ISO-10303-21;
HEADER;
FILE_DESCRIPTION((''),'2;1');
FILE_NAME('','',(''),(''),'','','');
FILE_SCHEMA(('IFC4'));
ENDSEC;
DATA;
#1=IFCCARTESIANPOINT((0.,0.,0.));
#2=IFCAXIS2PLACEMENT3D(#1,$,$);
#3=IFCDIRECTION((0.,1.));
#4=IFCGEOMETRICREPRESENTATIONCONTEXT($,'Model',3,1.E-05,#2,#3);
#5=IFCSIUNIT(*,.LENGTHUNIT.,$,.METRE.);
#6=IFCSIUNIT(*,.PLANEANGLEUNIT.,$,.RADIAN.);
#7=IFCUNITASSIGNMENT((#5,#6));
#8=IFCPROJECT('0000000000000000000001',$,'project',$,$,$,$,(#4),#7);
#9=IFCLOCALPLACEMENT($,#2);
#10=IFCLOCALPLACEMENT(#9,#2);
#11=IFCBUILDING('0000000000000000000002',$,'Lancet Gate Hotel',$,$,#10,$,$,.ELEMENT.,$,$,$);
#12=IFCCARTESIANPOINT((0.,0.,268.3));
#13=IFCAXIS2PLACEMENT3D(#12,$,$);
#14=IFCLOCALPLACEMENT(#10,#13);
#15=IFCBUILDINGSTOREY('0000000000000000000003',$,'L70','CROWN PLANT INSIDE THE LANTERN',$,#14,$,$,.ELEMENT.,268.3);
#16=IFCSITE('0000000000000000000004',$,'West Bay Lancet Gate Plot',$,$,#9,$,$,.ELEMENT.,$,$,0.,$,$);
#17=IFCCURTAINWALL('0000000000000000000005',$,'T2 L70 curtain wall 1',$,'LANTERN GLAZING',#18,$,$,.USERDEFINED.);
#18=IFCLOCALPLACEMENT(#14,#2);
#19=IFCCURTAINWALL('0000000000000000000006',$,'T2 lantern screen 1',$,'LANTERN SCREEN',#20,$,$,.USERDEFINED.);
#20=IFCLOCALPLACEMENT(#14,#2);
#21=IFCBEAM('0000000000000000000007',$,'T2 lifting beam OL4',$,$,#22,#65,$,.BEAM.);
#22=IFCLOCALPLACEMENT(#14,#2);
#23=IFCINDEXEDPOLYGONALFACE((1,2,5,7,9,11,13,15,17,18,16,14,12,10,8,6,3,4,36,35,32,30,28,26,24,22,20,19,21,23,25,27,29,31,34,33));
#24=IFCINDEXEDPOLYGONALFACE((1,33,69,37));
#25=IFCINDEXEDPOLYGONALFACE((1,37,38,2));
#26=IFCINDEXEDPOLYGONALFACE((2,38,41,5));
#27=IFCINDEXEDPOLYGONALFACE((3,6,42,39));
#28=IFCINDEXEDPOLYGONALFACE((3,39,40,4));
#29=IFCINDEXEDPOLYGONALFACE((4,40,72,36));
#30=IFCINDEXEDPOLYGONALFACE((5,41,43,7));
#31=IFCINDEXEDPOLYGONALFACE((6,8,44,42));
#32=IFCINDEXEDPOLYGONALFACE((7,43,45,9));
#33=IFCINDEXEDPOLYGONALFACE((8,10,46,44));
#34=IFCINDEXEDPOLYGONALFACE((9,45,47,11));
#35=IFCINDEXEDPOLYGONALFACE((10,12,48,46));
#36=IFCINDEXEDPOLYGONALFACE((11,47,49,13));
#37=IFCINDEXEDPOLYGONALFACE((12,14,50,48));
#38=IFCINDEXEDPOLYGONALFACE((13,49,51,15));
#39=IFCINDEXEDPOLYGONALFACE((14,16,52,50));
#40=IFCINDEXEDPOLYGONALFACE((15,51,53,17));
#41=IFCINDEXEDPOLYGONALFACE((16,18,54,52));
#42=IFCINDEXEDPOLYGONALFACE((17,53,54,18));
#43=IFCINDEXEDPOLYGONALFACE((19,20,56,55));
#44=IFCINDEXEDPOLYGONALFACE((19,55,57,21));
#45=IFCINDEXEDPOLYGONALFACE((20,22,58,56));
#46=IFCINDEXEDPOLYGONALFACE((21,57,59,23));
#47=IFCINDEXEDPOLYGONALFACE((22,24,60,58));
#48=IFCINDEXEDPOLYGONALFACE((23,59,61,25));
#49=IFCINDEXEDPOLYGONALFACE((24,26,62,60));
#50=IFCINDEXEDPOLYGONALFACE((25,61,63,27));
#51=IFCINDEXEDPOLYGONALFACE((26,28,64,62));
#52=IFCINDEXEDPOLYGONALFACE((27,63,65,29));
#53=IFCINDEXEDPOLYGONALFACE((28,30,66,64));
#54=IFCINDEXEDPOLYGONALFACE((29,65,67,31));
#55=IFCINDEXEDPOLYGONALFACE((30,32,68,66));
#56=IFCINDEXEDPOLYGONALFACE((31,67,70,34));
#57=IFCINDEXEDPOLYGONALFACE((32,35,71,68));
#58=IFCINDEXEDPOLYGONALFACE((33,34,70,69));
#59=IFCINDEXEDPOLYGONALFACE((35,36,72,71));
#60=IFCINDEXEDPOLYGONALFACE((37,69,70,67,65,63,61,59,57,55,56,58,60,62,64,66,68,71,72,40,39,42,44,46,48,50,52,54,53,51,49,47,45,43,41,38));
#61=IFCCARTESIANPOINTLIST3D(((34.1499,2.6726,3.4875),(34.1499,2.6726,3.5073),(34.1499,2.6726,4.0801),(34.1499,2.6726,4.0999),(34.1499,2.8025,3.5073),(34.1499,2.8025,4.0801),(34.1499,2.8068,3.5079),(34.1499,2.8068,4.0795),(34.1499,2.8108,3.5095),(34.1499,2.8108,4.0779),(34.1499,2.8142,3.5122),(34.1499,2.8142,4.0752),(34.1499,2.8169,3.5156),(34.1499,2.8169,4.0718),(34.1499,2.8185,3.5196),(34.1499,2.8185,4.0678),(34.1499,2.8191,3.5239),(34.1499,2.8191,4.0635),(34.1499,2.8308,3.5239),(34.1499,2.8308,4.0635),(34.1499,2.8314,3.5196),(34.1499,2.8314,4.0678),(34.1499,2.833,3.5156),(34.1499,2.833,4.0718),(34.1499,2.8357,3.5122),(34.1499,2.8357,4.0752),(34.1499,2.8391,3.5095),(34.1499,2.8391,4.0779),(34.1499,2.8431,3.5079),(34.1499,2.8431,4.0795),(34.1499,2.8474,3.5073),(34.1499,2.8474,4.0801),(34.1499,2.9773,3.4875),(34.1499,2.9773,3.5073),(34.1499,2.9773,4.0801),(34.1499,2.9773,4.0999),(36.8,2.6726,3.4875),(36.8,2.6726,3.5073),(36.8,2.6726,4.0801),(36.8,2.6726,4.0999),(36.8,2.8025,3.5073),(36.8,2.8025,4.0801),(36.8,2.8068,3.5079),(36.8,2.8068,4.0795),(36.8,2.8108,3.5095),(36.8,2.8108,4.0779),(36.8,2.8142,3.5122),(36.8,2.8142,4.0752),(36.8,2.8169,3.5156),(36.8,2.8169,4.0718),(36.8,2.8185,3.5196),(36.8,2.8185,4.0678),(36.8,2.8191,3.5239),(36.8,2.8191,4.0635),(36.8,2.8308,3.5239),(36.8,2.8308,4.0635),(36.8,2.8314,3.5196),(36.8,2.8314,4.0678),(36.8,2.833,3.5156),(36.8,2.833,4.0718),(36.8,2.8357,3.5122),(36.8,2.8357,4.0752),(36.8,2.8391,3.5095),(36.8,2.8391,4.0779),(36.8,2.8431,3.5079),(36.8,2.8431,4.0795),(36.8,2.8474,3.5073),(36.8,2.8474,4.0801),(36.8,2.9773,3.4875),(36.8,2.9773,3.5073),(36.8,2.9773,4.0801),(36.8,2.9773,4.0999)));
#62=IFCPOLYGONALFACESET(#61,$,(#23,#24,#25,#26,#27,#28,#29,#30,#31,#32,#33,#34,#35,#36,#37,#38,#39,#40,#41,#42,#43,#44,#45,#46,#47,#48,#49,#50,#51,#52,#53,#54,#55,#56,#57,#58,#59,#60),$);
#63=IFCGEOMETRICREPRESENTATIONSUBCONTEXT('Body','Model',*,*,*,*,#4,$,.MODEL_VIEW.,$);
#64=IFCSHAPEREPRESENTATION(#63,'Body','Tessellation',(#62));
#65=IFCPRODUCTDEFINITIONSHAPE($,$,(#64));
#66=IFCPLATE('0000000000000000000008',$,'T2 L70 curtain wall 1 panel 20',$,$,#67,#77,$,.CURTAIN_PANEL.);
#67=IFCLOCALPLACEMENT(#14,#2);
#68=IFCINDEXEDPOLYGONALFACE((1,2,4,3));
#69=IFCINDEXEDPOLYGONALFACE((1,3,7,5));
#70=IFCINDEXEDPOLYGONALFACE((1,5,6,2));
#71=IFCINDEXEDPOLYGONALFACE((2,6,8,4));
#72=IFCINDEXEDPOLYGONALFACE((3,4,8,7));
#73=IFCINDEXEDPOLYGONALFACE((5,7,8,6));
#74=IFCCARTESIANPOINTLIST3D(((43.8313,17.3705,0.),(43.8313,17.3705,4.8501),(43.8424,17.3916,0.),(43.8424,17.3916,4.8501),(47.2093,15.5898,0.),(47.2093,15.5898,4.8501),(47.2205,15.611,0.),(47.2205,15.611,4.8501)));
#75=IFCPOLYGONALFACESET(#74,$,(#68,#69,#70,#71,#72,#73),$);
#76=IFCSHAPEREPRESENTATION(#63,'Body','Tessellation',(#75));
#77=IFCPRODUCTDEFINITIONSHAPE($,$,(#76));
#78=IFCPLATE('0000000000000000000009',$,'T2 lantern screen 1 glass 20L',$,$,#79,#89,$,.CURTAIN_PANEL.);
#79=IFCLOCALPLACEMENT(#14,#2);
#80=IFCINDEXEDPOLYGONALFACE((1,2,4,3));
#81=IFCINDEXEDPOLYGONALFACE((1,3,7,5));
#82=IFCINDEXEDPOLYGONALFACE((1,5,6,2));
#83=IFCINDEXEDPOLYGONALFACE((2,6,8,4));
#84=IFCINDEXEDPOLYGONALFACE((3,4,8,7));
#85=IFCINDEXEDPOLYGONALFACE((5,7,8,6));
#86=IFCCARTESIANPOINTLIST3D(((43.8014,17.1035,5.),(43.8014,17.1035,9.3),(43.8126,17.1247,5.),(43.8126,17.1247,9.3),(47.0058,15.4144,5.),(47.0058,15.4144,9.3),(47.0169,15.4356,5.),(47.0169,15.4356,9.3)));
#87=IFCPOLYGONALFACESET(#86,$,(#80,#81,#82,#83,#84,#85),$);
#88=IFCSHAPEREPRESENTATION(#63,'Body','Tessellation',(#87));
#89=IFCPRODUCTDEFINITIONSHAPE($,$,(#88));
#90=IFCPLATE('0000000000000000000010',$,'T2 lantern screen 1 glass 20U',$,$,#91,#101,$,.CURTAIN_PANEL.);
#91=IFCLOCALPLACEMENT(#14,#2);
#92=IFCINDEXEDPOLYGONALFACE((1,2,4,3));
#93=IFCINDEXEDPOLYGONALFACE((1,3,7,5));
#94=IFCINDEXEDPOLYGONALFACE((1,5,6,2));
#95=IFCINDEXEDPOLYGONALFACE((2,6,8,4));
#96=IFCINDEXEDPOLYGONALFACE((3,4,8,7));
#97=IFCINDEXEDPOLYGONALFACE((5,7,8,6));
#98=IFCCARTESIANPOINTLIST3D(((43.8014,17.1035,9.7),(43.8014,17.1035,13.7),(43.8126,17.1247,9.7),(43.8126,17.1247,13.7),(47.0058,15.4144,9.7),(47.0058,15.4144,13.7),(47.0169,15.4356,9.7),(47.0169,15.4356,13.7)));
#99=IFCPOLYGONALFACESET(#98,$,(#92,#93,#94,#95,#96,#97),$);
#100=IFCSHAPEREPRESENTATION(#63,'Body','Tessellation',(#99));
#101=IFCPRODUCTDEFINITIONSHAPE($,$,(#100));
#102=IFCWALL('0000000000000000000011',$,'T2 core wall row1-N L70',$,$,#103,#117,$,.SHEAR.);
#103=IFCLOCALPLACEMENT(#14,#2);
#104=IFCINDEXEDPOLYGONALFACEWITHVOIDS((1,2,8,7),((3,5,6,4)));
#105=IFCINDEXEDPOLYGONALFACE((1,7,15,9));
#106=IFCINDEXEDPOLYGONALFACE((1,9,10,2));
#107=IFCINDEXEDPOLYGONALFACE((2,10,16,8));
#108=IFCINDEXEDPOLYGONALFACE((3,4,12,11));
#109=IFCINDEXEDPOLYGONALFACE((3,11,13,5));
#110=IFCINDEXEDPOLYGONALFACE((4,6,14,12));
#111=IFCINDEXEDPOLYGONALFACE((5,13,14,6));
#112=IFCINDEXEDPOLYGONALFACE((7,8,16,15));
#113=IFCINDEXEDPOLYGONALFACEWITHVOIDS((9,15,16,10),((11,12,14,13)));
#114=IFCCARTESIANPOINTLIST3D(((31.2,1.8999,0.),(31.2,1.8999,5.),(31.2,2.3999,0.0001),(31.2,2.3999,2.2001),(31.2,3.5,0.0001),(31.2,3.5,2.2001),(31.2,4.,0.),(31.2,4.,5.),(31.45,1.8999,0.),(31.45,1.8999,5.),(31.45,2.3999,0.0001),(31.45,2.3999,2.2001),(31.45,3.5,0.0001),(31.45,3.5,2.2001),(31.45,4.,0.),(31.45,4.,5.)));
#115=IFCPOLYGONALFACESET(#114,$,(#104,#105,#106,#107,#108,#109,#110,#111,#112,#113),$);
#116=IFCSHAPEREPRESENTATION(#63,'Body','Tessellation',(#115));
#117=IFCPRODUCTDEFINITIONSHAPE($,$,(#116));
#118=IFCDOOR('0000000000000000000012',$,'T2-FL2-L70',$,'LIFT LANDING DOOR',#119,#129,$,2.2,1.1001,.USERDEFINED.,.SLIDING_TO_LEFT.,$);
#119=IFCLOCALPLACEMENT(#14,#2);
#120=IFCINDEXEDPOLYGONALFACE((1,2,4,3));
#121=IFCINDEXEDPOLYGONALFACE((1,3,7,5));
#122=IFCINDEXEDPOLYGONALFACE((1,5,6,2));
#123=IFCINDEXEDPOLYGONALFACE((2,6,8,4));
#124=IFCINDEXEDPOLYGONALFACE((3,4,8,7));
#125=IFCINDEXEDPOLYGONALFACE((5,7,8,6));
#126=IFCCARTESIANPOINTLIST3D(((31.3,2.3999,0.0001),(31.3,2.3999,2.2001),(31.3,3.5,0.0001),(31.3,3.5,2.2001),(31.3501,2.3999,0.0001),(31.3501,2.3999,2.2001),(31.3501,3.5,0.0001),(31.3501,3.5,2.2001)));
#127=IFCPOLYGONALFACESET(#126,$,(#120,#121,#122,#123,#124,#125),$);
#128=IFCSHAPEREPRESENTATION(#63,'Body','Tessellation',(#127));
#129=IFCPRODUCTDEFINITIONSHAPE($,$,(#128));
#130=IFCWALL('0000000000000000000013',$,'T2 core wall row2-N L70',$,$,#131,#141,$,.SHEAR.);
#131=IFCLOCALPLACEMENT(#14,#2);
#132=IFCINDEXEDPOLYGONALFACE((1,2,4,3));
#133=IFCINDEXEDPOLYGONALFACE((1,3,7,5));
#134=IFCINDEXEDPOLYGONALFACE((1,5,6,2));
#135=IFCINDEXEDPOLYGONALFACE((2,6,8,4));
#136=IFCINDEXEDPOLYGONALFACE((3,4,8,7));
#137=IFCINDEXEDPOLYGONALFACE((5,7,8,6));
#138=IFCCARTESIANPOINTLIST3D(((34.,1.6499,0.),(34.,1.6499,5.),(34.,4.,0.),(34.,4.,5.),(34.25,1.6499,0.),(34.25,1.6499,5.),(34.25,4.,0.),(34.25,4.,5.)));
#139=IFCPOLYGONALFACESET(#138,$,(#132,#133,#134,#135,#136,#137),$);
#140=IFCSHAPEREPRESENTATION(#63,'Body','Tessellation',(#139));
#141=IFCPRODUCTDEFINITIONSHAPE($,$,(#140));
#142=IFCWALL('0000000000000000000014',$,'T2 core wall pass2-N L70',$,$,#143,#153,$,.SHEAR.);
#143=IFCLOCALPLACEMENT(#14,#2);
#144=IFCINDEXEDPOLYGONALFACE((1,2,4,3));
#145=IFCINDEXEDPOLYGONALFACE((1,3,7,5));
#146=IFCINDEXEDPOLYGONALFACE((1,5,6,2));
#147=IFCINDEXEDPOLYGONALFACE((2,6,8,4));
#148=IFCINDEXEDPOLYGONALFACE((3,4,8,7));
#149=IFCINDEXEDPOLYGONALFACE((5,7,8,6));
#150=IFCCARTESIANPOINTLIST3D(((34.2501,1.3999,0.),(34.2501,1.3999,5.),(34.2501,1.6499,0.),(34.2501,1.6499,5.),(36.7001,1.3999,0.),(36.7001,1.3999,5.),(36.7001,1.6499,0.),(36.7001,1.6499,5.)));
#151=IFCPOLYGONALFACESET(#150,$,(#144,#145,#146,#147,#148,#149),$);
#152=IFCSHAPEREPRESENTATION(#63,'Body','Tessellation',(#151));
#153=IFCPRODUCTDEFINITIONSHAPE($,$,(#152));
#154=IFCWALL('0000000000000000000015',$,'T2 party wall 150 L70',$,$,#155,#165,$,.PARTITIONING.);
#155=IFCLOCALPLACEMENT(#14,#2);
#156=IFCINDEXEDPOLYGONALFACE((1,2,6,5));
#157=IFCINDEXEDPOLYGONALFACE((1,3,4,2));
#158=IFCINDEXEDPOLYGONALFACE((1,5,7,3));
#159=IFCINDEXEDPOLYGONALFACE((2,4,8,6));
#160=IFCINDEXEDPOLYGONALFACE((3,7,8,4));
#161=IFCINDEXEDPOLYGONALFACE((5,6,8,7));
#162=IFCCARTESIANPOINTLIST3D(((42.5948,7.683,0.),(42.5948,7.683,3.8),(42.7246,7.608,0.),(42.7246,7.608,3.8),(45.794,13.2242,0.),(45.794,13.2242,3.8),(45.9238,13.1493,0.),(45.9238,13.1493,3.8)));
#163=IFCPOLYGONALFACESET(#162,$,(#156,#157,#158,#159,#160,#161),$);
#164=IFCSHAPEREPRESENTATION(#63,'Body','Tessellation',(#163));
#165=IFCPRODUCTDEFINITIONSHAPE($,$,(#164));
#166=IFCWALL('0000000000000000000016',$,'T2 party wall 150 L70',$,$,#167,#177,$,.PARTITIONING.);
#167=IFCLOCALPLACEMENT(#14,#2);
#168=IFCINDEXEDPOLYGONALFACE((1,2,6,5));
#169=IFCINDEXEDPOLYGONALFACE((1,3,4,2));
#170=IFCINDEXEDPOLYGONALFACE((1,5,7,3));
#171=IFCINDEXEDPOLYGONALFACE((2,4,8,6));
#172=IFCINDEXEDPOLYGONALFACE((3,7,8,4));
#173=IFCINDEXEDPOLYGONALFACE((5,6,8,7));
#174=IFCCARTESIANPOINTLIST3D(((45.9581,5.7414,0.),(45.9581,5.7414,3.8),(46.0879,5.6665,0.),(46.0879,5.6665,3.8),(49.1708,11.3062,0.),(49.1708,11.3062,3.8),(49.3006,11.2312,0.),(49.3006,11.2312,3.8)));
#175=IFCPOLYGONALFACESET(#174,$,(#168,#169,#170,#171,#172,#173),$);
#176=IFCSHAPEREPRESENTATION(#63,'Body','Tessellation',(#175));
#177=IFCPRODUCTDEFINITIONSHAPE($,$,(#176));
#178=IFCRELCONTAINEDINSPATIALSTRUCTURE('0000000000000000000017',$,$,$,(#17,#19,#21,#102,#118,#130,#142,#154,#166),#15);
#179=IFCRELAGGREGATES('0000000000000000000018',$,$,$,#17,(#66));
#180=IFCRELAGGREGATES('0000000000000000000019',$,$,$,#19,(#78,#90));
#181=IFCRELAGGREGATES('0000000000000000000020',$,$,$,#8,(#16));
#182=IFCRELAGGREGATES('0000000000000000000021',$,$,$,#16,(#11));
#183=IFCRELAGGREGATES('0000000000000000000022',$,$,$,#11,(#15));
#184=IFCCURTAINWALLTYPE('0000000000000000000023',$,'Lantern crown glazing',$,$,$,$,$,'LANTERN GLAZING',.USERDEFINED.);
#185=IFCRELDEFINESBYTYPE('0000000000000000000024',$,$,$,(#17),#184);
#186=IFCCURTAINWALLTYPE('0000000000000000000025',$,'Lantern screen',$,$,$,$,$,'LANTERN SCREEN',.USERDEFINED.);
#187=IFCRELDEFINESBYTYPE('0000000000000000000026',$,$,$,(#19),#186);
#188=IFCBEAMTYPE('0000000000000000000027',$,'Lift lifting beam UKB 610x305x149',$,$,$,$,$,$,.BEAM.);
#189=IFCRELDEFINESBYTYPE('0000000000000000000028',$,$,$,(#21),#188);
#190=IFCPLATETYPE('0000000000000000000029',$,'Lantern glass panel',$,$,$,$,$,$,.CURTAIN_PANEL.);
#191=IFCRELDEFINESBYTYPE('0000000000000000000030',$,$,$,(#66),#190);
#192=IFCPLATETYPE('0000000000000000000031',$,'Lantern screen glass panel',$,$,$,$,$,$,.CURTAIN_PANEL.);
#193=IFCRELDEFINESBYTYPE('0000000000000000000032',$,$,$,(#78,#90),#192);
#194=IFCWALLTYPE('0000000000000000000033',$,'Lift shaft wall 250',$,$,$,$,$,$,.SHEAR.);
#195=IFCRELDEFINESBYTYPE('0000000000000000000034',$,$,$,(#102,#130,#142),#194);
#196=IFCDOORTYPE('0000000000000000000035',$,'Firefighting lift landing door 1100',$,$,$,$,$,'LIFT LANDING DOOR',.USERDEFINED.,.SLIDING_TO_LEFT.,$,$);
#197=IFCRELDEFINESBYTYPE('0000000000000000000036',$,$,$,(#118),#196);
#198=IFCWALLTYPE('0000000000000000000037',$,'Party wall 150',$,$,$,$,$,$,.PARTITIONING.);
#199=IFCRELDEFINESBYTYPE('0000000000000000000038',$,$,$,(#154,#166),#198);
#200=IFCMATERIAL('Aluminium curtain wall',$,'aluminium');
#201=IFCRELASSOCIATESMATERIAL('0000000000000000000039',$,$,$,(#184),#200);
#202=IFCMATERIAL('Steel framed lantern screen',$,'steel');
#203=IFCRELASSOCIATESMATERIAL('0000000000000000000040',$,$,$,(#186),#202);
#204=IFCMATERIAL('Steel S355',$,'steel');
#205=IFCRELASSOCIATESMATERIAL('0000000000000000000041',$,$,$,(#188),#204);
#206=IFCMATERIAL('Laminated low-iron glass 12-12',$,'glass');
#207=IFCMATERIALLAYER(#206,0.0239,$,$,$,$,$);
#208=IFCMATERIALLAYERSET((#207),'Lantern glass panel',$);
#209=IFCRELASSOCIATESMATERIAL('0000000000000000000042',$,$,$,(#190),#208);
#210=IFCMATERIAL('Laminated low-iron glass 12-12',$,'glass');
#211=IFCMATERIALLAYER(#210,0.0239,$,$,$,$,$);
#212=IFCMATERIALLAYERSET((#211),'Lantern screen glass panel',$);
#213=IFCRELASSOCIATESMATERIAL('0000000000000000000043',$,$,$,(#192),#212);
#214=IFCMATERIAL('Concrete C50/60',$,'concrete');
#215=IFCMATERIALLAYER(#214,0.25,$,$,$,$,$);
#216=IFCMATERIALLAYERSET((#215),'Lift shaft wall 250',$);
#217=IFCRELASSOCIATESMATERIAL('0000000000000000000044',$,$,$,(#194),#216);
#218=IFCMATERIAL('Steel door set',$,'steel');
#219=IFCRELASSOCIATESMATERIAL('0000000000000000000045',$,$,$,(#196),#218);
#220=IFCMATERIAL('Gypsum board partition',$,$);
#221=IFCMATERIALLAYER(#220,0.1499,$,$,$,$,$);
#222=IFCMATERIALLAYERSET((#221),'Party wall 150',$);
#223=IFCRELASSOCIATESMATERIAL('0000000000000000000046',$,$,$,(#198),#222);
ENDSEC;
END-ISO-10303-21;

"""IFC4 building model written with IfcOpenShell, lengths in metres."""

from ifc_helpers import new_model, si_unit, direction, frame, frame_2d, origin, origin_2d, place, context, subcontext, project, spatial, rectangle, i_section, extrude, material, layer, layer_set, material_profile, profile_set, type_object, element, fill, aggregate, save


model = new_model("IFC4")

# Units and contexts
model_context = context("Model", 3, precision=1e-05, world=origin(), true_north=direction((0.0, 1.0)))
body_context = subcontext(model_context, "Body", "Model", "MODEL_VIEW")
ifc_project = project(units=[si_unit("LENGTHUNIT", "METRE"), si_unit("PLANEANGLEUNIT", "RADIAN")], contexts=[model_context])

# Site, building, storey
site_placement = place(None, origin())
site = spatial("IfcSite", under=ifc_project, at=site_placement, Name="West Bay Lancet Gate Plot", CompositionType="ELEMENT", RefElevation=0.0)
building_placement = place(site_placement, origin())
building = spatial("IfcBuilding", under=site, at=building_placement, Name="Lancet Gate Hotel", CompositionType="ELEMENT")
storey_placement = place(building_placement, frame((0.0, 0.0, 268.3)))
storey = spatial("IfcBuildingStorey", under=building, at=storey_placement, Name="L70", Description="CROWN PLANT INSIDE THE LANTERN", CompositionType="ELEMENT", Elevation=268.3)

# Curtain wall
ifc_material_1 = material(Name="Aluminium curtain wall", Category="aluminium")
curtain_wall_type_1 = type_object("IfcCurtainWallType", Name="Lantern crown glazing", ElementType="LANTERN GLAZING", PredefinedType="USERDEFINED", material=ifc_material_1)
curtain_wall_1_placement = place(storey_placement, origin())
curtain_wall_1 = element("IfcCurtainWall", 1, at=curtain_wall_1_placement, inside=storey, type_object=curtain_wall_type_1, Name="T2 L70 curtain wall 1", ObjectType="LANTERN GLAZING", PredefinedType="USERDEFINED")

# Curtain wall
ifc_material_2 = material(Name="Steel framed lantern screen", Category="steel")
curtain_wall_type_2 = type_object("IfcCurtainWallType", Name="Lantern screen", ElementType="LANTERN SCREEN", PredefinedType="USERDEFINED", material=ifc_material_2)
curtain_wall_2_placement = place(storey_placement, origin())
curtain_wall_2 = element("IfcCurtainWall", 2, at=curtain_wall_2_placement, inside=storey, type_object=curtain_wall_type_2, Name="T2 lantern screen 1", ObjectType="LANTERN SCREEN", PredefinedType="USERDEFINED")

# Beam
ifc_material_3 = material(Name="Steel S355", Category="steel")
ifc_material_profile_1 = material_profile(ifc_material_3, i_section(OverallWidth=0.3047, OverallDepth=0.6123, WebThickness=0.0117, FlangeThickness=0.0198, FilletRadius=0.0166, at=origin_2d()), Name="UKB 610x305x149")
ifc_profile_set_1 = profile_set([ifc_material_profile_1], Name="Steel S355")
beam_type_1 = type_object("IfcBeamType", Name="Lift lifting beam UKB 610x305x149", PredefinedType="BEAM", material=ifc_profile_set_1)
beam_1_placement = place(storey_placement, frame((34.1499, 2.825, 3.7937), z_axis=(1.0, 0.0, 0.0), x_axis=(0.0, 1.0, 0.0)))
element("IfcBeam", 3, at=beam_1_placement, inside=storey, type_object=beam_type_1, Name="T2 lifting beam OL4", PredefinedType="BEAM", context=body_context, shape_type="SweptSolid", body=[
    extrude(i_section(OverallWidth=0.3047, OverallDepth=0.6123, WebThickness=0.0117, FlangeThickness=0.0198, FilletRadius=0.0166, at=origin_2d()), origin(), (0.0, 0.0, 1.0), 2.6501),
])

# Plates
ifc_material_4 = material(Name="Laminated low-iron glass 12-12", Category="glass")
ifc_layer_1 = layer(ifc_material_4, 0.0239)
ifc_layer_set_1 = layer_set([ifc_layer_1], Name="Lantern glass panel")
plate_type_1 = type_object("IfcPlateType", Name="Lantern glass panel", PredefinedType="CURTAIN_PANEL", material=ifc_layer_set_1)
plate_1_placement = place(storey_placement, frame((45.5259, 16.4907, 0.0), z_axis=(0.0, 0.0, 1.0), x_axis=(-0.884623, 0.466307, 0.0)))
plate_1 = element("IfcPlate", 4, at=plate_1_placement, type_object=plate_type_1, Name="T2 L70 curtain wall 1 panel 20", PredefinedType="CURTAIN_PANEL", context=body_context, shape_type="SweptSolid", body=[
    extrude(rectangle(XDim=3.8186, YDim=0.0239, at=origin_2d()), origin(), (0.0, 0.0, 1.0), 4.8501),
])
aggregate(curtain_wall_1, [plate_1])
ifc_material_5 = material(Name="Laminated low-iron glass 12-12", Category="glass")
ifc_layer_2 = layer(ifc_material_5, 0.0239)
ifc_layer_set_2 = layer_set([ifc_layer_2], Name="Lantern screen glass panel")
plate_type_2 = type_object("IfcPlateType", Name="Lantern screen glass panel", PredefinedType="CURTAIN_PANEL", material=ifc_layer_set_2)
plate_2_placement = place(storey_placement, frame((45.4092, 16.2695, 5.0), z_axis=(0.0, 0.0, 1.0), x_axis=(-0.884623, 0.466307, 0.0)))
plate_2 = element("IfcPlate", 5, at=plate_2_placement, type_object=plate_type_2, Name="T2 lantern screen 1 glass 20L", PredefinedType="CURTAIN_PANEL", context=body_context, shape_type="SweptSolid", body=[
    extrude(rectangle(XDim=3.6223, YDim=0.0239, at=origin_2d()), origin(), (0.0, 0.0, 1.0), 4.3),
])
plate_3_placement = place(storey_placement, frame((45.4092, 16.2695, 9.7), z_axis=(0.0, 0.0, 1.0), x_axis=(-0.884623, 0.466307, 0.0)))
plate_3 = element("IfcPlate", 6, at=plate_3_placement, type_object=plate_type_2, Name="T2 lantern screen 1 glass 20U", PredefinedType="CURTAIN_PANEL", context=body_context, shape_type="SweptSolid", body=[
    extrude(rectangle(XDim=3.6223, YDim=0.0239, at=origin_2d()), origin(), (0.0, 0.0, 1.0), 4.0),
])
aggregate(curtain_wall_2, [plate_2, plate_3])

# Wall, opening, door
ifc_material_6 = material(Name="Concrete C50/60", Category="concrete")
ifc_layer_3 = layer(ifc_material_6, 0.25)
ifc_layer_set_3 = layer_set([ifc_layer_3], Name="Lift shaft wall 250")
wall_type_1 = type_object("IfcWallType", Name="Lift shaft wall 250", PredefinedType="SHEAR", material=ifc_layer_set_3)
wall_1_placement = place(storey_placement, frame((31.325, 1.8999, 0.0), z_axis=(0.0, 0.0, 1.0), x_axis=(0.0, 1.0, 0.0)))
wall_1 = element("IfcWall", 7, at=wall_1_placement, inside=storey, type_object=wall_type_1, Name="T2 core wall row1-N L70", PredefinedType="SHEAR", context=body_context, shape_type="SweptSolid", body=[
    extrude(rectangle(XDim=2.1001, YDim=0.25, at=frame_2d((1.05, 0.0))), origin(), (0.0, 0.0, 1.0), 5.0),
])
opening_1_placement = place(wall_1_placement, frame((0.5, 0.0, 0.0)))
opening_1 = element("IfcOpeningElement", 8, at=opening_1_placement, cuts=wall_1, PredefinedType="OPENING", context=body_context, shape_type="SweptSolid", body=[
    extrude(rectangle(XDim=1.1001, YDim=2.2, at=frame_2d((0.55, 1.1001))), frame((0.0, 0.135, 0.0), z_axis=(0.0, -1.0, 0.0), x_axis=(1.0, 0.0, 0.0)), (0.0, 0.0, 1.0), 0.27),
])
ifc_material_7 = material(Name="Steel door set", Category="steel")
door_type_1 = type_object("IfcDoorType", Name="Firefighting lift landing door 1100", ElementType="LIFT LANDING DOOR", OperationType="SLIDING_TO_LEFT", PredefinedType="USERDEFINED", material=ifc_material_7)
door_1_placement = place(opening_1_placement, origin())
door_1 = element("IfcDoor", 9, at=door_1_placement, inside=storey, type_object=door_type_1, Name="T2-FL2-L70", ObjectType="LIFT LANDING DOOR", OperationType="SLIDING_TO_LEFT", OverallHeight=2.2, OverallWidth=1.1001, PredefinedType="USERDEFINED", context=body_context, shape_type="SweptSolid", body=[
    extrude(rectangle(XDim=1.1001, YDim=2.2, at=frame_2d((0.55, 1.1001))), frame((0.0, 0.0249, 0.0), z_axis=(0.0, -1.0, 0.0), x_axis=(1.0, 0.0, 0.0)), (0.0, 0.0, 1.0), 0.05),
])
fill(opening_1, door_1)

# Walls
wall_2_placement = place(storey_placement, frame((34.125, 1.6499, 0.0), z_axis=(0.0, 0.0, 1.0), x_axis=(0.0, 1.0, 0.0)))
element("IfcWall", 10, at=wall_2_placement, inside=storey, type_object=wall_type_1, Name="T2 core wall row2-N L70", PredefinedType="SHEAR", context=body_context, shape_type="SweptSolid", body=[
    extrude(rectangle(XDim=2.3501, YDim=0.25, at=frame_2d((1.175, 0.0))), origin(), (0.0, 0.0, 1.0), 5.0),
])
wall_3_placement = place(storey_placement, frame((34.25, 1.5249, 0.0), z_axis=(0.0, 0.0, 1.0), x_axis=(1.0, 0.0, 0.0)))
element("IfcWall", 11, at=wall_3_placement, inside=storey, type_object=wall_type_1, Name="T2 core wall pass2-N L70", PredefinedType="SHEAR", context=body_context, shape_type="SweptSolid", body=[
    extrude(rectangle(XDim=2.45, YDim=0.25, at=frame_2d((1.2251, 0.0))), origin(), (0.0, 0.0, 1.0), 5.0),
])
ifc_material_8 = material(Name="Gypsum board partition")
ifc_layer_4 = layer(ifc_material_8, 0.1499)
ifc_layer_set_4 = layer_set([ifc_layer_4], Name="Party wall 150")
wall_type_2 = type_object("IfcWallType", Name="Party wall 150", PredefinedType="PARTITIONING", material=ifc_layer_set_4)
wall_4_placement = place(storey_placement, frame((42.6597, 7.6455, 0.0), z_axis=(0.0, 0.0, 1.0), x_axis=(0.499997, 0.866027, 0.0)))
element("IfcWall", 12, at=wall_4_placement, inside=storey, type_object=wall_type_2, Name="T2 party wall 150 L70", PredefinedType="PARTITIONING", context=body_context, shape_type="SweptSolid", body=[
    extrude(rectangle(XDim=6.3984, YDim=0.1499, at=frame_2d((3.1992, 0.0))), origin(), (0.0, 0.0, 1.0), 3.8),
])
wall_5_placement = place(storey_placement, frame((46.0229, 5.7039, 0.0), z_axis=(0.0, 0.0, 1.0), x_axis=(0.499984, 0.866034, 0.0)))
element("IfcWall", 13, at=wall_5_placement, inside=storey, type_object=wall_type_2, Name="T2 party wall 150 L70", PredefinedType="PARTITIONING", context=body_context, shape_type="SweptSolid", body=[
    extrude(rectangle(XDim=6.4255, YDim=0.1499, at=frame_2d((3.2129, 0.0))), origin(), (0.0, 0.0, 1.0), 3.8),
])

save(model, "model.ifc")
